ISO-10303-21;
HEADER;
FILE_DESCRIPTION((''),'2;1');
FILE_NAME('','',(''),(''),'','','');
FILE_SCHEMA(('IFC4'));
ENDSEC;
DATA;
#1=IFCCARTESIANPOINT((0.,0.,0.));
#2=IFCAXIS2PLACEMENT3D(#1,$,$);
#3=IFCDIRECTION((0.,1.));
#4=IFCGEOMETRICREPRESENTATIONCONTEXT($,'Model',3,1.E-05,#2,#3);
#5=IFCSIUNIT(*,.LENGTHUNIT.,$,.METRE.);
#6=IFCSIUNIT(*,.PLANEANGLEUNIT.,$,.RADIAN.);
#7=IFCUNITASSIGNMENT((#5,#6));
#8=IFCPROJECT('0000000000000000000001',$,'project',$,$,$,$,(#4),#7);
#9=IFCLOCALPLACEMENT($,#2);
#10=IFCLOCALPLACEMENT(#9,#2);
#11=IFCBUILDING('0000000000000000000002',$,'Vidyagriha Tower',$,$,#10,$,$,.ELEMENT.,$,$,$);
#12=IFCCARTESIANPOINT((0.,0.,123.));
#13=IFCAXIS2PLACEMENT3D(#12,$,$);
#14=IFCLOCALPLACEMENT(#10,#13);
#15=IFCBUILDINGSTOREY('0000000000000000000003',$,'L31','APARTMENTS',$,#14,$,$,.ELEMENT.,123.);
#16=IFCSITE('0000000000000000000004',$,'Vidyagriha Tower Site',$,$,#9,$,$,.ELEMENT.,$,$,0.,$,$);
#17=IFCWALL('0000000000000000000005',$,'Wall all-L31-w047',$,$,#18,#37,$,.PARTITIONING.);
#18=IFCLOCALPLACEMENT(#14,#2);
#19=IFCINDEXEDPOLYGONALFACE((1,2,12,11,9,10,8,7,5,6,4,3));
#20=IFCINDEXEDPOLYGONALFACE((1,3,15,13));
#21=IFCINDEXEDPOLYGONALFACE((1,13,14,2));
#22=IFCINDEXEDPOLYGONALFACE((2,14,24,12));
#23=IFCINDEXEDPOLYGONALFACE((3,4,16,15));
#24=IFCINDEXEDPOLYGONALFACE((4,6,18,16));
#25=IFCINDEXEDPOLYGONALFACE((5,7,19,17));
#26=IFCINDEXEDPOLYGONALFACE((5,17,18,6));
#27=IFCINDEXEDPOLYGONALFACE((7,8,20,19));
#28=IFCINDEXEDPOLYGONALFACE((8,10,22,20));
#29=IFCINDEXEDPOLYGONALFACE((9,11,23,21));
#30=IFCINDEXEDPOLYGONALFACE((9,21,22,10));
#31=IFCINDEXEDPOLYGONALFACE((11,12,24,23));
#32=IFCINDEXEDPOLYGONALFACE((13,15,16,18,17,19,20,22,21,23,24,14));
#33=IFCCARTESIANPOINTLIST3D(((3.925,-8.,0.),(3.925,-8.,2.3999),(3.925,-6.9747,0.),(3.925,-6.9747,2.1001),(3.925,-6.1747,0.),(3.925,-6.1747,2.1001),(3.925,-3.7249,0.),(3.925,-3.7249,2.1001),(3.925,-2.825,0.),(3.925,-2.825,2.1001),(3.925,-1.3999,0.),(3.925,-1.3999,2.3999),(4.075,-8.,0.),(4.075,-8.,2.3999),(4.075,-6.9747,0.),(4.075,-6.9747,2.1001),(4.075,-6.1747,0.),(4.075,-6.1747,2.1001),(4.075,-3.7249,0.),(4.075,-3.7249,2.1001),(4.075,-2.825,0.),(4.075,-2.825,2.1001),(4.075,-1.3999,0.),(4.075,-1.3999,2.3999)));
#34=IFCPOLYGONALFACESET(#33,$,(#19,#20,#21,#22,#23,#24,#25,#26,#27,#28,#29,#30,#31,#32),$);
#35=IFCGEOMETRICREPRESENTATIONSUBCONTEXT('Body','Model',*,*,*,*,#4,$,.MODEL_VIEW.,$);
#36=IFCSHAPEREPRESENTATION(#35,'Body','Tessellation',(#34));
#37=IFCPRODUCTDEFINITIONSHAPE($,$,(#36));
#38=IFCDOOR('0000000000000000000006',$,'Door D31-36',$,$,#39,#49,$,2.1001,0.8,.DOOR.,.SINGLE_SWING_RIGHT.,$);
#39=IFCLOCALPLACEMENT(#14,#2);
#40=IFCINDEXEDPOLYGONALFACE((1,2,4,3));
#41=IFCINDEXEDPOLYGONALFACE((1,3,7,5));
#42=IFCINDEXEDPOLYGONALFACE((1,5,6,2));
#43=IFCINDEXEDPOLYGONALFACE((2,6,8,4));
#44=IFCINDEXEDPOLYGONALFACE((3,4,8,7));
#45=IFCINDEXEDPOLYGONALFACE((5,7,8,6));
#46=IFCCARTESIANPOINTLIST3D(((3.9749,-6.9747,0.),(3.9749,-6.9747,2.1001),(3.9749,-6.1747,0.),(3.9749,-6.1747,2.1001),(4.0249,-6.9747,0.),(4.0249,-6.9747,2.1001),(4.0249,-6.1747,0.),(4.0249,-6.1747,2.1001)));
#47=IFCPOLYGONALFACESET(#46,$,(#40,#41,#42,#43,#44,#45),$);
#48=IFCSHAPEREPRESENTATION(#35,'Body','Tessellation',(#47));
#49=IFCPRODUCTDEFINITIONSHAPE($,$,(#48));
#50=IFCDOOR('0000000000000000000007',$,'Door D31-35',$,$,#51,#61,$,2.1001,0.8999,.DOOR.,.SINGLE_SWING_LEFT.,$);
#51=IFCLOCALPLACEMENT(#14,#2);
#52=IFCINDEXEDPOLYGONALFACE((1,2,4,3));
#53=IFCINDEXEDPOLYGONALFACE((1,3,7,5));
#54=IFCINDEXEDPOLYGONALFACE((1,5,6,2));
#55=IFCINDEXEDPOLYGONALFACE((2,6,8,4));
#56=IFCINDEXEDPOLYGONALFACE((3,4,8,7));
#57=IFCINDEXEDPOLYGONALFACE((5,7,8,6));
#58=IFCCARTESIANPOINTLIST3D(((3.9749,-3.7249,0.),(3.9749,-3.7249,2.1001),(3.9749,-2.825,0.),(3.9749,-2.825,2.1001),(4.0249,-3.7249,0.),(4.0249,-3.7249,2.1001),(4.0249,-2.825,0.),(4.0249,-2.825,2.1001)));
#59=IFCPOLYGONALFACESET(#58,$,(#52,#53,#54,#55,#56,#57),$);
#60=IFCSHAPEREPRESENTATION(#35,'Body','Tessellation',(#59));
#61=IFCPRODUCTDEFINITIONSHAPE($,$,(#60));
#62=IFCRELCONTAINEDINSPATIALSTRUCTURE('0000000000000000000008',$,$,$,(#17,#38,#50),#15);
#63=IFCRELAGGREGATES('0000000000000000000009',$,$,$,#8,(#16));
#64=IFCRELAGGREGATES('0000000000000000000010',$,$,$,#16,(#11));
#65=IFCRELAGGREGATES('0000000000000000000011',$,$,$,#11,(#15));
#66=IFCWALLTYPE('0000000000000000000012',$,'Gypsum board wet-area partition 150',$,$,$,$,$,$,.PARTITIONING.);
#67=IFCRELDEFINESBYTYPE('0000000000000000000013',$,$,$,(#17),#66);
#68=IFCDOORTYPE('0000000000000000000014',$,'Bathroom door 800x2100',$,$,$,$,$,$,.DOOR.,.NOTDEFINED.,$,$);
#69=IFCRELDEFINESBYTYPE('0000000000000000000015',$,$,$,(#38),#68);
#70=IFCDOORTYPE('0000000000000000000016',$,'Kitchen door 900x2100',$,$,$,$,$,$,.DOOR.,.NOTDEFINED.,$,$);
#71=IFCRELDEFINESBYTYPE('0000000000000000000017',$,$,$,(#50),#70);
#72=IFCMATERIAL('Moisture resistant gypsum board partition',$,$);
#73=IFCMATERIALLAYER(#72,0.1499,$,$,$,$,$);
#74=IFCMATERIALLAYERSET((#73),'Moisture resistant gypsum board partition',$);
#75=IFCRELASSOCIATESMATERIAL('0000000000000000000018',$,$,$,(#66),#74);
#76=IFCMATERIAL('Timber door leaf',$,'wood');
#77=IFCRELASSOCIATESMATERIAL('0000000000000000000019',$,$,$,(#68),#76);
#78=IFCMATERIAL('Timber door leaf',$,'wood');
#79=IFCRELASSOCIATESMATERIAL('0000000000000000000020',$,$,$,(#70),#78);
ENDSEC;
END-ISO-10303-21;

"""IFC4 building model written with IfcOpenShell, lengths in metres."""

from ifc_helpers import new_model, si_unit, direction, frame, frame_2d, origin, place, context, subcontext, project, spatial, rectangle, extrude, material, layer, layer_set, type_object, element, fill, save


model = new_model("IFC4")

# Units and contexts
model_context = context("Model", 3, precision=1e-05, world=origin(), true_north=direction((0.0, 1.0)))
body_context = subcontext(model_context, "Body", "Model", "MODEL_VIEW")
ifc_project = project(units=[si_unit("LENGTHUNIT", "METRE"), si_unit("PLANEANGLEUNIT", "RADIAN")], contexts=[model_context])

# Site, building, storey
site_placement = place(None, origin())
site = spatial("IfcSite", under=ifc_project, at=site_placement, Name="Vidyagriha Tower Site", CompositionType="ELEMENT", RefElevation=0.0)
building_placement = place(site_placement, origin())
building = spatial("IfcBuilding", under=site, at=building_placement, Name="Vidyagriha Tower", CompositionType="ELEMENT")
storey_placement = place(building_placement, frame((0.0, 0.0, 123.0)))
storey = spatial("IfcBuildingStorey", under=building, at=storey_placement, Name="L31", Description="APARTMENTS", CompositionType="ELEMENT", Elevation=123.0)

# Wall, openings, doors
ifc_material_1 = material(Name="Moisture resistant gypsum board partition")
ifc_layer_1 = layer(ifc_material_1, 0.1499)
ifc_layer_set_1 = layer_set([ifc_layer_1], Name="Moisture resistant gypsum board partition")
wall_type_1 = type_object("IfcWallType", Name="Gypsum board wet-area partition 150", PredefinedType="PARTITIONING", material=ifc_layer_set_1)
ifc_material_2 = material(Name="Timber door leaf", Category="wood")
door_type_1 = type_object("IfcDoorType", Name="Bathroom door 800x2100", OperationType="NOTDEFINED", PredefinedType="DOOR", material=ifc_material_2)
ifc_material_3 = material(Name="Timber door leaf", Category="wood")
door_type_2 = type_object("IfcDoorType", Name="Kitchen door 900x2100", OperationType="NOTDEFINED", PredefinedType="DOOR", material=ifc_material_3)
wall_1_placement = place(storey_placement, frame((4.0, -1.3999, 0.0), z_axis=(0.0, 0.0, 1.0), x_axis=(0.0, -1.0, 0.0)))
wall_1 = element("IfcWall", 1, at=wall_1_placement, inside=storey, type_object=wall_type_1, Name="Wall all-L31-w047", PredefinedType="PARTITIONING", context=body_context, shape_type="SweptSolid", body=[
    extrude(rectangle(XDim=6.6001, YDim=0.1499, at=frame_2d((3.3, 0.0))), origin(), (0.0, 0.0, 1.0), 2.3999),
])
opening_1_placement = place(wall_1_placement, frame((1.425, 0.0, 0.0)))
opening_1 = element("IfcOpeningElement", 2, at=opening_1_placement, cuts=wall_1, PredefinedType="OPENING", context=body_context, shape_type="SweptSolid", body=[
    extrude(rectangle(XDim=0.8999, YDim=2.1001, at=frame_2d((0.45, 1.05))), frame((0.0, 0.085, 0.0), z_axis=(0.0, -1.0, 0.0), x_axis=(1.0, 0.0, 0.0)), (0.0, 0.0, 1.0), 0.1699),
])
opening_2_placement = place(wall_1_placement, frame((4.7749, 0.0, 0.0)))
opening_2 = element("IfcOpeningElement", 3, at=opening_2_placement, cuts=wall_1, PredefinedType="OPENING", context=body_context, shape_type="SweptSolid", body=[
    extrude(rectangle(XDim=0.8, YDim=2.1001, at=frame_2d((0.3999, 1.05))), frame((0.0, 0.085, 0.0), z_axis=(0.0, -1.0, 0.0), x_axis=(1.0, 0.0, 0.0)), (0.0, 0.0, 1.0), 0.1699),
])
door_1_placement = place(opening_2_placement, origin())
door_1 = element("IfcDoor", 4, at=door_1_placement, inside=storey, type_object=door_type_1, Name="Door D31-36", OperationType="SINGLE_SWING_RIGHT", OverallHeight=2.1001, OverallWidth=0.8, PredefinedType="DOOR", context=body_context, shape_type="SweptSolid", body=[
    extrude(rectangle(XDim=0.8, YDim=2.1001, at=frame_2d((0.3999, 1.05))), frame((0.0, 0.0249, 0.0), z_axis=(0.0, -1.0, 0.0), x_axis=(1.0, 0.0, 0.0)), (0.0, 0.0, 1.0), 0.05),
])
fill(opening_2, door_1)
door_2_placement = place(opening_1_placement, origin())
door_2 = element("IfcDoor", 5, at=door_2_placement, inside=storey, type_object=door_type_2, Name="Door D31-35", OperationType="SINGLE_SWING_LEFT", OverallHeight=2.1001, OverallWidth=0.8999, PredefinedType="DOOR", context=body_context, shape_type="SweptSolid", body=[
    extrude(rectangle(XDim=0.8999, YDim=2.1001, at=frame_2d((0.45, 1.05))), frame((0.0, 0.0249, 0.0), z_axis=(0.0, -1.0, 0.0), x_axis=(1.0, 0.0, 0.0)), (0.0, 0.0, 1.0), 0.05),
])
fill(opening_1, door_2)

save(model, "model.ifc")
